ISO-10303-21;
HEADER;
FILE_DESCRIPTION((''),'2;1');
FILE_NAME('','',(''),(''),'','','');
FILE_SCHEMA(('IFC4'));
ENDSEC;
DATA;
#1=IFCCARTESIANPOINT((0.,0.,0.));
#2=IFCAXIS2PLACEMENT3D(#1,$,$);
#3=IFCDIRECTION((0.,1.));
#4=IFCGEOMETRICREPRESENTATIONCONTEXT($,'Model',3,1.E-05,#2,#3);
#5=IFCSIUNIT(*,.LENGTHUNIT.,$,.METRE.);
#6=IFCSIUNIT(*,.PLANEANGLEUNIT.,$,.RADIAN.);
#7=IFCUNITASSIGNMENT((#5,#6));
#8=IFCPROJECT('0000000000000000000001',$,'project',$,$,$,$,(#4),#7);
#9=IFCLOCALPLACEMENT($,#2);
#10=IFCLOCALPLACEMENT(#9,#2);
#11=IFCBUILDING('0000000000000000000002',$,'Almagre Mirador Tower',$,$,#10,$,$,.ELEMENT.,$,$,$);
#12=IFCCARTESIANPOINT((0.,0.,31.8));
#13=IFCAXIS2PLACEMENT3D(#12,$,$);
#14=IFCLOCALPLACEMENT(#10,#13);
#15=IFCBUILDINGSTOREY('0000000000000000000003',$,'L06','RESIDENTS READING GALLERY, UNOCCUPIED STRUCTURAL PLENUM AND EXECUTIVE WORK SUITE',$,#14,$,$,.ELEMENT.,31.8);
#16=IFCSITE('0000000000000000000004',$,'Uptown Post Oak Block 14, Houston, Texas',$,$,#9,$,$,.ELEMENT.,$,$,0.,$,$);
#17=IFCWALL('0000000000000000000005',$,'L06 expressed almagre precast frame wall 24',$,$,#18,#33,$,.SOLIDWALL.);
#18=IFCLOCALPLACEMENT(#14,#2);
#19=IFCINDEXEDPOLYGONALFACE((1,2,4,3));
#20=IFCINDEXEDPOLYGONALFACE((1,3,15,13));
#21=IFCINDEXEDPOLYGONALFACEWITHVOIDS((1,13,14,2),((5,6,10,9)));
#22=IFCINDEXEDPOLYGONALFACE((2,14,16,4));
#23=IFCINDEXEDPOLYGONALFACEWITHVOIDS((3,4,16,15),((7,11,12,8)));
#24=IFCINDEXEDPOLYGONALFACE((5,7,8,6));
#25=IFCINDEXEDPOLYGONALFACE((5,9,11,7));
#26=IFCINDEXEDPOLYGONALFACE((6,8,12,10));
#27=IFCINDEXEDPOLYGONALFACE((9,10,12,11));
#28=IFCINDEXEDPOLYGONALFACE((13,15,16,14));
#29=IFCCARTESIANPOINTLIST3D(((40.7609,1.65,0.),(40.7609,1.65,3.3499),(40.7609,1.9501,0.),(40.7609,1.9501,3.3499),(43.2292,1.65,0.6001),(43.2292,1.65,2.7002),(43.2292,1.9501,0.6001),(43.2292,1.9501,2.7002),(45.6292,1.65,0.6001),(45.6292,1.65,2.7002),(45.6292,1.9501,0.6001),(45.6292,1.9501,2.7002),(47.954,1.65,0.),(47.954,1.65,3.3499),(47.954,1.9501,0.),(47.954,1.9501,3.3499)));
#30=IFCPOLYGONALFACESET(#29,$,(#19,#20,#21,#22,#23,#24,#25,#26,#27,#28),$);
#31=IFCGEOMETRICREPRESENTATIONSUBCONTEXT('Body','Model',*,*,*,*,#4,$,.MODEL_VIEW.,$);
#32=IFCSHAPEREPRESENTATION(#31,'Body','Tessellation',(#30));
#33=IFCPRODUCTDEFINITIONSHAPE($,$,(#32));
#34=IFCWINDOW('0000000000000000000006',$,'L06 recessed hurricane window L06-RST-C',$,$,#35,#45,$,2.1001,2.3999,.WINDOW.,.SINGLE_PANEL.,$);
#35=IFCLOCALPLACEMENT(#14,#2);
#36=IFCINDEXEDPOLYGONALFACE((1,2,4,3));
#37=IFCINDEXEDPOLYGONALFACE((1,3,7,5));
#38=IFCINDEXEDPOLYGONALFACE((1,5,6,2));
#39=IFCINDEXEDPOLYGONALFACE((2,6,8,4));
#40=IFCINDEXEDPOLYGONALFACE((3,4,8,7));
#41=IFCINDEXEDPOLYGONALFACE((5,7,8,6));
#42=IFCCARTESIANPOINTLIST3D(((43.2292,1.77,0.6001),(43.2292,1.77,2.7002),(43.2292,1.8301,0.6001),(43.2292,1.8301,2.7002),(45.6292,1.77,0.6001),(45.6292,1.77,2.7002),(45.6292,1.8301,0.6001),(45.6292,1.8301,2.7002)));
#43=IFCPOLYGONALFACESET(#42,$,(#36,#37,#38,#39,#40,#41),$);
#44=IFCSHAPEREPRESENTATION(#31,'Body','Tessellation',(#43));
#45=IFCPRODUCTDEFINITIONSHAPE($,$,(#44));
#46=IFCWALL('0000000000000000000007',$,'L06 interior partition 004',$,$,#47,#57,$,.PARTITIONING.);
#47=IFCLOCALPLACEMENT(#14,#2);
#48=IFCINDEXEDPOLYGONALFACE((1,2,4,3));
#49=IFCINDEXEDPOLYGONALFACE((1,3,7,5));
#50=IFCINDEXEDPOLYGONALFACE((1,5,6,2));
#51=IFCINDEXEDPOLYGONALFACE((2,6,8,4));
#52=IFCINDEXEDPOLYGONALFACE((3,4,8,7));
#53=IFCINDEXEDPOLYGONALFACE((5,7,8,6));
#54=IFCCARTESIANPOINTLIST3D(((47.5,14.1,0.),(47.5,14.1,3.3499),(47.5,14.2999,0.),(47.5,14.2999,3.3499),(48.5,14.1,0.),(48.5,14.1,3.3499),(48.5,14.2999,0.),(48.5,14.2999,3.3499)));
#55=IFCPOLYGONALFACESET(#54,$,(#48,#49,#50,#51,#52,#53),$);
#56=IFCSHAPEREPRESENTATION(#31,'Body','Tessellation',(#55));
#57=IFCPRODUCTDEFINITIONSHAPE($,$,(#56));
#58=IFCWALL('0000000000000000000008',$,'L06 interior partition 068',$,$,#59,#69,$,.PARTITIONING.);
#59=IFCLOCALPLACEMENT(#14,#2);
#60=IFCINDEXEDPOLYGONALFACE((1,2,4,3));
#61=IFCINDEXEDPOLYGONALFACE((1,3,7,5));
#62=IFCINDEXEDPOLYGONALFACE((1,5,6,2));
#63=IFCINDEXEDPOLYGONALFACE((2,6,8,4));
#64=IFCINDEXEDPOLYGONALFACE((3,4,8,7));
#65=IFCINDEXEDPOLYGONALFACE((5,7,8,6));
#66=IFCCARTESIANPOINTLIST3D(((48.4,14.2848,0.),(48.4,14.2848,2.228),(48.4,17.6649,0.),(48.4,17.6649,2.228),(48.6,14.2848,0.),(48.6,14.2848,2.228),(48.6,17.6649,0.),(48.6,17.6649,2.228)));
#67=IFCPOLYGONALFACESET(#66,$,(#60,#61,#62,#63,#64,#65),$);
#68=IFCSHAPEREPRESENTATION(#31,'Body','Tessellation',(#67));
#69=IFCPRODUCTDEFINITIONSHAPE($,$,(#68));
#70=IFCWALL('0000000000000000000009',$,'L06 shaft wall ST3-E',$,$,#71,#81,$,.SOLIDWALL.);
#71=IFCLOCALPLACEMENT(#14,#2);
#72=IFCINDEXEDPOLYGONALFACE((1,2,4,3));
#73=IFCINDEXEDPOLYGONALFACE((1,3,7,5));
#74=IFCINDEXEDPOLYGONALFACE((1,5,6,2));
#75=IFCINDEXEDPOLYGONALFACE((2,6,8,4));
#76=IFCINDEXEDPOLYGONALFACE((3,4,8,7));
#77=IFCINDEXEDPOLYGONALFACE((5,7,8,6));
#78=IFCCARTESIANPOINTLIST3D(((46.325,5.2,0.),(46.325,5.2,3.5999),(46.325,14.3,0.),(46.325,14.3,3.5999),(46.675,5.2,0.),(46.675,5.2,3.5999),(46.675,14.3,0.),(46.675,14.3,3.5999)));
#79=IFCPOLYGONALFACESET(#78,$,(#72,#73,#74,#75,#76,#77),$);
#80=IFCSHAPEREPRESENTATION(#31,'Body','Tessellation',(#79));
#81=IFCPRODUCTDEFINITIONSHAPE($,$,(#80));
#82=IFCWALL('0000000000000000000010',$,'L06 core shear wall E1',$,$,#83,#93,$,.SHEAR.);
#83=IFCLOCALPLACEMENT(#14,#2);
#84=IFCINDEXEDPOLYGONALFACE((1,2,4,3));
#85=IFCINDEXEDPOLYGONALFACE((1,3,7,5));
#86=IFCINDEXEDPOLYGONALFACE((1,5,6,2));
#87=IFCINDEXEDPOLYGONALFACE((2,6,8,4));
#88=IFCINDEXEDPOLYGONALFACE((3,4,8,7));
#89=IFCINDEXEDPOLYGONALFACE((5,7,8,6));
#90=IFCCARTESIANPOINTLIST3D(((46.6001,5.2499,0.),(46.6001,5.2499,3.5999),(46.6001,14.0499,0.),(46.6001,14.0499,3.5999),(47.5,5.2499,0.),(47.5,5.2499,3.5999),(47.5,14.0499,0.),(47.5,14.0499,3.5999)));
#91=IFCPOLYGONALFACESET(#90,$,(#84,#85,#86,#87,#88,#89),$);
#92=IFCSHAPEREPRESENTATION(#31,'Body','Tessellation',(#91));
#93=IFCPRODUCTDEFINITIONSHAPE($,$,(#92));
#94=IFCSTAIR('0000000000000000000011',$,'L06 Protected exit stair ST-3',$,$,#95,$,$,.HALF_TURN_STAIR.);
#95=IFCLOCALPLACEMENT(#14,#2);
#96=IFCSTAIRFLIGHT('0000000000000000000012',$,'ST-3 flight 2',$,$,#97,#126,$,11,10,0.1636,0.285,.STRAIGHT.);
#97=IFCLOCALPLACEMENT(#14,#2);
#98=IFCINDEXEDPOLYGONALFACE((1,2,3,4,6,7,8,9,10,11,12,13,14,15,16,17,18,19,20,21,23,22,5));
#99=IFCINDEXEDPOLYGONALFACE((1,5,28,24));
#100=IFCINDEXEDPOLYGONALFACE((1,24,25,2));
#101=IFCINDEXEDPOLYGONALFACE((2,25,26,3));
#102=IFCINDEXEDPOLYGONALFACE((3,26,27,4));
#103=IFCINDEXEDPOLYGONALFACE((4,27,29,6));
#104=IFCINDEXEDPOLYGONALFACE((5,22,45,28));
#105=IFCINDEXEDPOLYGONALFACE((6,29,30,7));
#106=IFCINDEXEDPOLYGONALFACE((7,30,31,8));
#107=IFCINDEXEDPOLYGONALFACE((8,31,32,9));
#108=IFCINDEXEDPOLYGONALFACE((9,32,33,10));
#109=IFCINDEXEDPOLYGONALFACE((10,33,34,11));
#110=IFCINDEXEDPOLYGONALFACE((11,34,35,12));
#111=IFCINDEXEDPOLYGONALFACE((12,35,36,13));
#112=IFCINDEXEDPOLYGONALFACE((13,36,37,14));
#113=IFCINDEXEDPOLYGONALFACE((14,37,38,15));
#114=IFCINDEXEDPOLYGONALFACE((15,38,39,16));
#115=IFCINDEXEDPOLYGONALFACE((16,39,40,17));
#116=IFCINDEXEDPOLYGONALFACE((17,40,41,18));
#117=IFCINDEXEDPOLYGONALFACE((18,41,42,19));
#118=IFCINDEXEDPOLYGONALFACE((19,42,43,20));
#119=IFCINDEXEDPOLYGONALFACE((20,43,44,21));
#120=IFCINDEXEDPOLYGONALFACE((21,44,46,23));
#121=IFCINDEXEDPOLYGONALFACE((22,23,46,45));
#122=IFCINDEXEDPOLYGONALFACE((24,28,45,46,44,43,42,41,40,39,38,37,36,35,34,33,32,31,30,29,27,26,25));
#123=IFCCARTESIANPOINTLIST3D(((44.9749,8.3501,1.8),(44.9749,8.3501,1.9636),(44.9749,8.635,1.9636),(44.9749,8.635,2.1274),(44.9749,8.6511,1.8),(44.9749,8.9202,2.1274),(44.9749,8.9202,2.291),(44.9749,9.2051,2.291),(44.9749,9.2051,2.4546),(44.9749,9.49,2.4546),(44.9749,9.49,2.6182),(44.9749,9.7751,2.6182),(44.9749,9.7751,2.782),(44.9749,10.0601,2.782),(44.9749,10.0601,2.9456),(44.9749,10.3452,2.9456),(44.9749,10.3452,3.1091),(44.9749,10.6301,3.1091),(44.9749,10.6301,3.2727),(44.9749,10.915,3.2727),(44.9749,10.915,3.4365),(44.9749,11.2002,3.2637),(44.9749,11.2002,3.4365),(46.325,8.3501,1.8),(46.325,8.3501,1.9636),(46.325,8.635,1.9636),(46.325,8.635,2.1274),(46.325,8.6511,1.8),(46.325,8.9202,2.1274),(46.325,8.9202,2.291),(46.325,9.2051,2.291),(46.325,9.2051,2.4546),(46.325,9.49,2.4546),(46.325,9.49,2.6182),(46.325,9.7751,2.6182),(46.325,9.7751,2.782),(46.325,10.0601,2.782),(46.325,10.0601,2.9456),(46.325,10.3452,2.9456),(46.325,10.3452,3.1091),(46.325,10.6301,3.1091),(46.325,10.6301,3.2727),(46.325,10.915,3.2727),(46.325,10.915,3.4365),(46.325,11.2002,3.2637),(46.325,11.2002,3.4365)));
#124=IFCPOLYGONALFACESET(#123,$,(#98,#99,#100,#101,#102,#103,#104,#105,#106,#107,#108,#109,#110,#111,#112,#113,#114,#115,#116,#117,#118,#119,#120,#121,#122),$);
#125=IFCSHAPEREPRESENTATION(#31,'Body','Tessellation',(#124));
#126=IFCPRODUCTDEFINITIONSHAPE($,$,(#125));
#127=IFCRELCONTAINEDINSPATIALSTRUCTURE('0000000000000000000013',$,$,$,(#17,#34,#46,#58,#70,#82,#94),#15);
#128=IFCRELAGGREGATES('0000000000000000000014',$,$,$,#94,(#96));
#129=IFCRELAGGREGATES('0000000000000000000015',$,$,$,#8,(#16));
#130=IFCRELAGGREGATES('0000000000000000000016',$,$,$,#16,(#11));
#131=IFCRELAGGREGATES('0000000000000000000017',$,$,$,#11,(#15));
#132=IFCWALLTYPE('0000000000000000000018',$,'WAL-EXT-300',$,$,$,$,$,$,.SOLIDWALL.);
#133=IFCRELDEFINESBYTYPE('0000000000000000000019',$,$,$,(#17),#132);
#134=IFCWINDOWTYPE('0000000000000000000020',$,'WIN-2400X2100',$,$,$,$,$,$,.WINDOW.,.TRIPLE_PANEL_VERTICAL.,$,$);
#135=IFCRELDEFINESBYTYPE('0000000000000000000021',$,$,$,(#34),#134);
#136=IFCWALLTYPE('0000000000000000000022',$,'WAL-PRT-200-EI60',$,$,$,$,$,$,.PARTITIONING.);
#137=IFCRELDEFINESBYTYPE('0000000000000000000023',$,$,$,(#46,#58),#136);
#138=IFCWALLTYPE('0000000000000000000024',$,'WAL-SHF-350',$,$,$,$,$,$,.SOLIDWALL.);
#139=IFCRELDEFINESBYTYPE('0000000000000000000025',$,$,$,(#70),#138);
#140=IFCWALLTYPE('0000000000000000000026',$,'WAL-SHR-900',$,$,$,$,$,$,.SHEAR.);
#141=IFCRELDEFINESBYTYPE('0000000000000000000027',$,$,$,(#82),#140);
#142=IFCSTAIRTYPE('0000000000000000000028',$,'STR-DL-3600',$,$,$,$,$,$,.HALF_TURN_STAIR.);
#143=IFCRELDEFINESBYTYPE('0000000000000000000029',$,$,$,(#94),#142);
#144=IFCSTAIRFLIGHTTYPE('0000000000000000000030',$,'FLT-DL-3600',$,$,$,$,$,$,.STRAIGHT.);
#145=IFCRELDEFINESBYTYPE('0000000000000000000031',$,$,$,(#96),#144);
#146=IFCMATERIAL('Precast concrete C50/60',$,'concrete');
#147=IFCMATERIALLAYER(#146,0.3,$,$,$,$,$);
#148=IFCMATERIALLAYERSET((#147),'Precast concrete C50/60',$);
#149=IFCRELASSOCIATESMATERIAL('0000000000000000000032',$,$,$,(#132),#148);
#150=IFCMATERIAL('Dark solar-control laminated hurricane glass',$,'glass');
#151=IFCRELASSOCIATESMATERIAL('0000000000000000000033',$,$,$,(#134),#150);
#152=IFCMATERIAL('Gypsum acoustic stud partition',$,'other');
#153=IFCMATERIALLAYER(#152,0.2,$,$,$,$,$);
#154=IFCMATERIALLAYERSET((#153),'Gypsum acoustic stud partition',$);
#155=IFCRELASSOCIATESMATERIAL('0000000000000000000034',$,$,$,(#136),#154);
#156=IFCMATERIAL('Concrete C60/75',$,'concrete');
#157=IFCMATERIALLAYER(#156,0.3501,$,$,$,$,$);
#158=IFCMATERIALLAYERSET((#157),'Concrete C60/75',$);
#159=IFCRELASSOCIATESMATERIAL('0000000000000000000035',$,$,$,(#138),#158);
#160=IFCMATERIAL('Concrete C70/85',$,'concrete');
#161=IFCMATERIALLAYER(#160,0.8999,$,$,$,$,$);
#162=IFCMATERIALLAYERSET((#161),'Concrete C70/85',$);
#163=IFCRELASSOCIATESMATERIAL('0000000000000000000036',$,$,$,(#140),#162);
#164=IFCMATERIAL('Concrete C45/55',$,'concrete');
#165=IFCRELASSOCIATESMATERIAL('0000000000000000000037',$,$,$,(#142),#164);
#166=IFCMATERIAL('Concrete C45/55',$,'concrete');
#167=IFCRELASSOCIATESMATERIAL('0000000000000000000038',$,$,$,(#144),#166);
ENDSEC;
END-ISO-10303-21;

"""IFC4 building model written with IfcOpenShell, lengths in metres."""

from ifc_helpers import new_model, si_unit, direction, frame, frame_2d, origin, place, context, subcontext, project, spatial, polyline, rectangle, outline, extrude, material, layer, layer_set, type_object, element, fill, aggregate, save


model = new_model("IFC4")

# Units and contexts
model_context = context("Model", 3, precision=1e-05, world=origin(), true_north=direction((0.0, 1.0)))
body_context = subcontext(model_context, "Body", "Model", "MODEL_VIEW")
ifc_project = project(units=[si_unit("LENGTHUNIT", "METRE"), si_unit("PLANEANGLEUNIT", "RADIAN")], contexts=[model_context])

# Site, building, storey
site_placement = place(None, origin())
site = spatial("IfcSite", under=ifc_project, at=site_placement, Name="Uptown Post Oak Block 14, Houston, Texas", CompositionType="ELEMENT", RefElevation=0.0)
building_placement = place(site_placement, origin())
building = spatial("IfcBuilding", under=site, at=building_placement, Name="Almagre Mirador Tower", CompositionType="ELEMENT")
storey_placement = place(building_placement, frame((0.0, 0.0, 31.8)))
storey = spatial("IfcBuildingStorey", under=building, at=storey_placement, Name="L06", Description="RESIDENTS READING GALLERY, UNOCCUPIED STRUCTURAL PLENUM AND EXECUTIVE WORK SUITE", CompositionType="ELEMENT", Elevation=31.8)

# Wall, opening, window
ifc_material_1 = material(Name="Precast concrete C50/60", Category="concrete")
ifc_layer_1 = layer(ifc_material_1, 0.3)
ifc_layer_set_1 = layer_set([ifc_layer_1], Name="Precast concrete C50/60")
wall_type_1 = type_object("IfcWallType", Name="WAL-EXT-300", PredefinedType="SOLIDWALL", material=ifc_layer_set_1)
wall_1_placement = place(storey_placement, frame((47.9541, 1.8, 0.0), z_axis=(0.0, 0.0, 1.0), x_axis=(-1.0, 0.0, 0.0)))
wall_1 = element("IfcWall", 1, at=wall_1_placement, inside=storey, type_object=wall_type_1, Name="L06 expressed almagre precast frame wall 24", PredefinedType="SOLIDWALL", context=body_context, shape_type="SweptSolid", body=[
    extrude(rectangle(XDim=7.1931, YDim=0.3, at=frame_2d((3.5967, 0.0))), origin(), (0.0, 0.0, 1.0), 3.3499),
])
opening_placement = place(wall_1_placement, frame((2.325, 0.0, 0.6001)))
opening = element("IfcOpeningElement", 2, at=opening_placement, cuts=wall_1, PredefinedType="OPENING", context=body_context, shape_type="SweptSolid", body=[
    extrude(rectangle(XDim=2.3999, YDim=2.1001, at=frame_2d((1.2, 1.05))), frame((0.0, 0.1599, 0.0), z_axis=(0.0, -1.0, 0.0), x_axis=(1.0, 0.0, 0.0)), (0.0, 0.0, 1.0), 0.32),
])
ifc_material_2 = material(Name="Dark solar-control laminated hurricane glass", Category="glass")
window_type = type_object("IfcWindowType", Name="WIN-2400X2100", PartitioningType="TRIPLE_PANEL_VERTICAL", PredefinedType="WINDOW", material=ifc_material_2)
window_placement = place(opening_placement, origin())
window = element("IfcWindow", 3, at=window_placement, inside=storey, type_object=window_type, Name="L06 recessed hurricane window L06-RST-C", OverallHeight=2.1001, OverallWidth=2.3999, PartitioningType="SINGLE_PANEL", PredefinedType="WINDOW", context=body_context, shape_type="SweptSolid", body=[
    extrude(rectangle(XDim=2.3999, YDim=2.1001, at=frame_2d((1.2, 1.05))), frame((0.0, 0.03, 0.0), z_axis=(0.0, -1.0, 0.0), x_axis=(1.0, 0.0, 0.0)), (0.0, 0.0, 1.0), 0.0601),
])
fill(opening, window)

# Walls
ifc_material_3 = material(Name="Gypsum acoustic stud partition", Category="other")
ifc_layer_2 = layer(ifc_material_3, 0.2)
ifc_layer_set_2 = layer_set([ifc_layer_2], Name="Gypsum acoustic stud partition")
wall_type_2 = type_object("IfcWallType", Name="WAL-PRT-200-EI60", PredefinedType="PARTITIONING", material=ifc_layer_set_2)
wall_2_placement = place(storey_placement, frame((47.5, 14.2, 0.0), z_axis=(0.0, 0.0, 1.0), x_axis=(1.0, 0.0, 0.0)))
element("IfcWall", 4, at=wall_2_placement, inside=storey, type_object=wall_type_2, Name="L06 interior partition 004", PredefinedType="PARTITIONING", context=body_context, shape_type="SweptSolid", body=[
    extrude(rectangle(XDim=1.0, YDim=0.2, at=frame_2d((0.5, 0.0))), origin(), (0.0, 0.0, 1.0), 3.3499),
])
wall_3_placement = place(storey_placement, frame((48.5, 14.2849, 0.0), z_axis=(0.0, 0.0, 1.0), x_axis=(0.0, 1.0, 0.0)))
element("IfcWall", 5, at=wall_3_placement, inside=storey, type_object=wall_type_2, Name="L06 interior partition 068", PredefinedType="PARTITIONING", context=body_context, shape_type="SweptSolid", body=[
    extrude(rectangle(XDim=3.3801, YDim=0.2, at=frame_2d((1.6899, 0.0))), origin(), (0.0, 0.0, 1.0), 2.228),
])
ifc_material_4 = material(Name="Concrete C60/75", Category="concrete")
ifc_layer_3 = layer(ifc_material_4, 0.3501)
ifc_layer_set_3 = layer_set([ifc_layer_3], Name="Concrete C60/75")
wall_type_3 = type_object("IfcWallType", Name="WAL-SHF-350", PredefinedType="SOLIDWALL", material=ifc_layer_set_3)
wall_4_placement = place(storey_placement, frame((46.5, 5.2, 0.0), z_axis=(0.0, 0.0, 1.0), x_axis=(0.0, 1.0, 0.0)))
element("IfcWall", 6, at=wall_4_placement, inside=storey, type_object=wall_type_3, Name="L06 shaft wall ST3-E", PredefinedType="SOLIDWALL", context=body_context, shape_type="SweptSolid", body=[
    extrude(rectangle(XDim=9.1001, YDim=0.3501, at=frame_2d((4.55, 0.0))), origin(), (0.0, 0.0, 1.0), 3.5999),
])
ifc_material_5 = material(Name="Concrete C70/85", Category="concrete")
ifc_layer_4 = layer(ifc_material_5, 0.8999)
ifc_layer_set_4 = layer_set([ifc_layer_4], Name="Concrete C70/85")
wall_type_4 = type_object("IfcWallType", Name="WAL-SHR-900", PredefinedType="SHEAR", material=ifc_layer_set_4)
wall_5_placement = place(storey_placement, frame((47.05, 5.25, 0.0), z_axis=(0.0, 0.0, 1.0), x_axis=(0.0, 1.0, 0.0)))
element("IfcWall", 7, at=wall_5_placement, inside=storey, type_object=wall_type_4, Name="L06 core shear wall E1", PredefinedType="SHEAR", context=body_context, shape_type="SweptSolid", body=[
    extrude(rectangle(XDim=8.8, YDim=0.8999, at=frame_2d((4.3999, 0.0))), origin(), (0.0, 0.0, 1.0), 3.5999),
])

# Stair, stair flight
ifc_material_6 = material(Name="Concrete C45/55", Category="concrete")
stair_type = type_object("IfcStairType", Name="STR-DL-3600", PredefinedType="HALF_TURN_STAIR", material=ifc_material_6)
stair_placement = place(storey_placement, origin())
stair = element("IfcStair", 8, at=stair_placement, inside=storey, type_object=stair_type, Name="L06 Protected exit stair ST-3", PredefinedType="HALF_TURN_STAIR")
ifc_material_7 = material(Name="Concrete C45/55", Category="concrete")
stair_flight_type = type_object("IfcStairFlightType", Name="FLT-DL-3600", PredefinedType="STRAIGHT", material=ifc_material_7)
stair_flight_placement = place(storey_placement, frame((45.6499, 8.3501, 1.8), z_axis=(0.0, 0.0, 1.0), x_axis=(0.0, 1.0, 0.0)))
stair_flight = element("IfcStairFlight", 9, at=stair_flight_placement, type_object=stair_flight_type, Name="ST-3 flight 2", NumberOfRisers=11, NumberOfTreads=10, PredefinedType="STRAIGHT", RiserHeight=0.1636, TreadLength=0.285, context=body_context, shape_type="SweptSolid", body=[
    extrude(outline(polyline([(0.0, 0.0), (0.0, 0.1636), (0.2849, 0.1636), (0.2849, 0.3274), (0.5701, 0.3274), (0.5701, 0.491), (0.855, 0.491), (0.855, 0.6545), (1.1399, 0.6545), (1.1399, 0.8181), (1.425, 0.8181), (1.425, 0.9819), (1.71, 0.9819), (1.71, 1.1455), (1.9951, 1.1455), (1.9951, 1.3091), (2.28, 1.3091), (2.28, 1.4727), (2.5649, 1.4727), (2.5649, 1.6365), (2.8501, 1.6365), (2.8501, 1.8), (2.8501, 1.4636), (0.301, 0.0), (0.0, 0.0)])), frame((0.0, 0.675, 0.0), z_axis=(0.0, -1.0, 0.0), x_axis=(1.0, 0.0, 0.0)), (0.0, 0.0, 1.0), 1.3501),
])
aggregate(stair, [stair_flight])

save(model, "model.ifc")
